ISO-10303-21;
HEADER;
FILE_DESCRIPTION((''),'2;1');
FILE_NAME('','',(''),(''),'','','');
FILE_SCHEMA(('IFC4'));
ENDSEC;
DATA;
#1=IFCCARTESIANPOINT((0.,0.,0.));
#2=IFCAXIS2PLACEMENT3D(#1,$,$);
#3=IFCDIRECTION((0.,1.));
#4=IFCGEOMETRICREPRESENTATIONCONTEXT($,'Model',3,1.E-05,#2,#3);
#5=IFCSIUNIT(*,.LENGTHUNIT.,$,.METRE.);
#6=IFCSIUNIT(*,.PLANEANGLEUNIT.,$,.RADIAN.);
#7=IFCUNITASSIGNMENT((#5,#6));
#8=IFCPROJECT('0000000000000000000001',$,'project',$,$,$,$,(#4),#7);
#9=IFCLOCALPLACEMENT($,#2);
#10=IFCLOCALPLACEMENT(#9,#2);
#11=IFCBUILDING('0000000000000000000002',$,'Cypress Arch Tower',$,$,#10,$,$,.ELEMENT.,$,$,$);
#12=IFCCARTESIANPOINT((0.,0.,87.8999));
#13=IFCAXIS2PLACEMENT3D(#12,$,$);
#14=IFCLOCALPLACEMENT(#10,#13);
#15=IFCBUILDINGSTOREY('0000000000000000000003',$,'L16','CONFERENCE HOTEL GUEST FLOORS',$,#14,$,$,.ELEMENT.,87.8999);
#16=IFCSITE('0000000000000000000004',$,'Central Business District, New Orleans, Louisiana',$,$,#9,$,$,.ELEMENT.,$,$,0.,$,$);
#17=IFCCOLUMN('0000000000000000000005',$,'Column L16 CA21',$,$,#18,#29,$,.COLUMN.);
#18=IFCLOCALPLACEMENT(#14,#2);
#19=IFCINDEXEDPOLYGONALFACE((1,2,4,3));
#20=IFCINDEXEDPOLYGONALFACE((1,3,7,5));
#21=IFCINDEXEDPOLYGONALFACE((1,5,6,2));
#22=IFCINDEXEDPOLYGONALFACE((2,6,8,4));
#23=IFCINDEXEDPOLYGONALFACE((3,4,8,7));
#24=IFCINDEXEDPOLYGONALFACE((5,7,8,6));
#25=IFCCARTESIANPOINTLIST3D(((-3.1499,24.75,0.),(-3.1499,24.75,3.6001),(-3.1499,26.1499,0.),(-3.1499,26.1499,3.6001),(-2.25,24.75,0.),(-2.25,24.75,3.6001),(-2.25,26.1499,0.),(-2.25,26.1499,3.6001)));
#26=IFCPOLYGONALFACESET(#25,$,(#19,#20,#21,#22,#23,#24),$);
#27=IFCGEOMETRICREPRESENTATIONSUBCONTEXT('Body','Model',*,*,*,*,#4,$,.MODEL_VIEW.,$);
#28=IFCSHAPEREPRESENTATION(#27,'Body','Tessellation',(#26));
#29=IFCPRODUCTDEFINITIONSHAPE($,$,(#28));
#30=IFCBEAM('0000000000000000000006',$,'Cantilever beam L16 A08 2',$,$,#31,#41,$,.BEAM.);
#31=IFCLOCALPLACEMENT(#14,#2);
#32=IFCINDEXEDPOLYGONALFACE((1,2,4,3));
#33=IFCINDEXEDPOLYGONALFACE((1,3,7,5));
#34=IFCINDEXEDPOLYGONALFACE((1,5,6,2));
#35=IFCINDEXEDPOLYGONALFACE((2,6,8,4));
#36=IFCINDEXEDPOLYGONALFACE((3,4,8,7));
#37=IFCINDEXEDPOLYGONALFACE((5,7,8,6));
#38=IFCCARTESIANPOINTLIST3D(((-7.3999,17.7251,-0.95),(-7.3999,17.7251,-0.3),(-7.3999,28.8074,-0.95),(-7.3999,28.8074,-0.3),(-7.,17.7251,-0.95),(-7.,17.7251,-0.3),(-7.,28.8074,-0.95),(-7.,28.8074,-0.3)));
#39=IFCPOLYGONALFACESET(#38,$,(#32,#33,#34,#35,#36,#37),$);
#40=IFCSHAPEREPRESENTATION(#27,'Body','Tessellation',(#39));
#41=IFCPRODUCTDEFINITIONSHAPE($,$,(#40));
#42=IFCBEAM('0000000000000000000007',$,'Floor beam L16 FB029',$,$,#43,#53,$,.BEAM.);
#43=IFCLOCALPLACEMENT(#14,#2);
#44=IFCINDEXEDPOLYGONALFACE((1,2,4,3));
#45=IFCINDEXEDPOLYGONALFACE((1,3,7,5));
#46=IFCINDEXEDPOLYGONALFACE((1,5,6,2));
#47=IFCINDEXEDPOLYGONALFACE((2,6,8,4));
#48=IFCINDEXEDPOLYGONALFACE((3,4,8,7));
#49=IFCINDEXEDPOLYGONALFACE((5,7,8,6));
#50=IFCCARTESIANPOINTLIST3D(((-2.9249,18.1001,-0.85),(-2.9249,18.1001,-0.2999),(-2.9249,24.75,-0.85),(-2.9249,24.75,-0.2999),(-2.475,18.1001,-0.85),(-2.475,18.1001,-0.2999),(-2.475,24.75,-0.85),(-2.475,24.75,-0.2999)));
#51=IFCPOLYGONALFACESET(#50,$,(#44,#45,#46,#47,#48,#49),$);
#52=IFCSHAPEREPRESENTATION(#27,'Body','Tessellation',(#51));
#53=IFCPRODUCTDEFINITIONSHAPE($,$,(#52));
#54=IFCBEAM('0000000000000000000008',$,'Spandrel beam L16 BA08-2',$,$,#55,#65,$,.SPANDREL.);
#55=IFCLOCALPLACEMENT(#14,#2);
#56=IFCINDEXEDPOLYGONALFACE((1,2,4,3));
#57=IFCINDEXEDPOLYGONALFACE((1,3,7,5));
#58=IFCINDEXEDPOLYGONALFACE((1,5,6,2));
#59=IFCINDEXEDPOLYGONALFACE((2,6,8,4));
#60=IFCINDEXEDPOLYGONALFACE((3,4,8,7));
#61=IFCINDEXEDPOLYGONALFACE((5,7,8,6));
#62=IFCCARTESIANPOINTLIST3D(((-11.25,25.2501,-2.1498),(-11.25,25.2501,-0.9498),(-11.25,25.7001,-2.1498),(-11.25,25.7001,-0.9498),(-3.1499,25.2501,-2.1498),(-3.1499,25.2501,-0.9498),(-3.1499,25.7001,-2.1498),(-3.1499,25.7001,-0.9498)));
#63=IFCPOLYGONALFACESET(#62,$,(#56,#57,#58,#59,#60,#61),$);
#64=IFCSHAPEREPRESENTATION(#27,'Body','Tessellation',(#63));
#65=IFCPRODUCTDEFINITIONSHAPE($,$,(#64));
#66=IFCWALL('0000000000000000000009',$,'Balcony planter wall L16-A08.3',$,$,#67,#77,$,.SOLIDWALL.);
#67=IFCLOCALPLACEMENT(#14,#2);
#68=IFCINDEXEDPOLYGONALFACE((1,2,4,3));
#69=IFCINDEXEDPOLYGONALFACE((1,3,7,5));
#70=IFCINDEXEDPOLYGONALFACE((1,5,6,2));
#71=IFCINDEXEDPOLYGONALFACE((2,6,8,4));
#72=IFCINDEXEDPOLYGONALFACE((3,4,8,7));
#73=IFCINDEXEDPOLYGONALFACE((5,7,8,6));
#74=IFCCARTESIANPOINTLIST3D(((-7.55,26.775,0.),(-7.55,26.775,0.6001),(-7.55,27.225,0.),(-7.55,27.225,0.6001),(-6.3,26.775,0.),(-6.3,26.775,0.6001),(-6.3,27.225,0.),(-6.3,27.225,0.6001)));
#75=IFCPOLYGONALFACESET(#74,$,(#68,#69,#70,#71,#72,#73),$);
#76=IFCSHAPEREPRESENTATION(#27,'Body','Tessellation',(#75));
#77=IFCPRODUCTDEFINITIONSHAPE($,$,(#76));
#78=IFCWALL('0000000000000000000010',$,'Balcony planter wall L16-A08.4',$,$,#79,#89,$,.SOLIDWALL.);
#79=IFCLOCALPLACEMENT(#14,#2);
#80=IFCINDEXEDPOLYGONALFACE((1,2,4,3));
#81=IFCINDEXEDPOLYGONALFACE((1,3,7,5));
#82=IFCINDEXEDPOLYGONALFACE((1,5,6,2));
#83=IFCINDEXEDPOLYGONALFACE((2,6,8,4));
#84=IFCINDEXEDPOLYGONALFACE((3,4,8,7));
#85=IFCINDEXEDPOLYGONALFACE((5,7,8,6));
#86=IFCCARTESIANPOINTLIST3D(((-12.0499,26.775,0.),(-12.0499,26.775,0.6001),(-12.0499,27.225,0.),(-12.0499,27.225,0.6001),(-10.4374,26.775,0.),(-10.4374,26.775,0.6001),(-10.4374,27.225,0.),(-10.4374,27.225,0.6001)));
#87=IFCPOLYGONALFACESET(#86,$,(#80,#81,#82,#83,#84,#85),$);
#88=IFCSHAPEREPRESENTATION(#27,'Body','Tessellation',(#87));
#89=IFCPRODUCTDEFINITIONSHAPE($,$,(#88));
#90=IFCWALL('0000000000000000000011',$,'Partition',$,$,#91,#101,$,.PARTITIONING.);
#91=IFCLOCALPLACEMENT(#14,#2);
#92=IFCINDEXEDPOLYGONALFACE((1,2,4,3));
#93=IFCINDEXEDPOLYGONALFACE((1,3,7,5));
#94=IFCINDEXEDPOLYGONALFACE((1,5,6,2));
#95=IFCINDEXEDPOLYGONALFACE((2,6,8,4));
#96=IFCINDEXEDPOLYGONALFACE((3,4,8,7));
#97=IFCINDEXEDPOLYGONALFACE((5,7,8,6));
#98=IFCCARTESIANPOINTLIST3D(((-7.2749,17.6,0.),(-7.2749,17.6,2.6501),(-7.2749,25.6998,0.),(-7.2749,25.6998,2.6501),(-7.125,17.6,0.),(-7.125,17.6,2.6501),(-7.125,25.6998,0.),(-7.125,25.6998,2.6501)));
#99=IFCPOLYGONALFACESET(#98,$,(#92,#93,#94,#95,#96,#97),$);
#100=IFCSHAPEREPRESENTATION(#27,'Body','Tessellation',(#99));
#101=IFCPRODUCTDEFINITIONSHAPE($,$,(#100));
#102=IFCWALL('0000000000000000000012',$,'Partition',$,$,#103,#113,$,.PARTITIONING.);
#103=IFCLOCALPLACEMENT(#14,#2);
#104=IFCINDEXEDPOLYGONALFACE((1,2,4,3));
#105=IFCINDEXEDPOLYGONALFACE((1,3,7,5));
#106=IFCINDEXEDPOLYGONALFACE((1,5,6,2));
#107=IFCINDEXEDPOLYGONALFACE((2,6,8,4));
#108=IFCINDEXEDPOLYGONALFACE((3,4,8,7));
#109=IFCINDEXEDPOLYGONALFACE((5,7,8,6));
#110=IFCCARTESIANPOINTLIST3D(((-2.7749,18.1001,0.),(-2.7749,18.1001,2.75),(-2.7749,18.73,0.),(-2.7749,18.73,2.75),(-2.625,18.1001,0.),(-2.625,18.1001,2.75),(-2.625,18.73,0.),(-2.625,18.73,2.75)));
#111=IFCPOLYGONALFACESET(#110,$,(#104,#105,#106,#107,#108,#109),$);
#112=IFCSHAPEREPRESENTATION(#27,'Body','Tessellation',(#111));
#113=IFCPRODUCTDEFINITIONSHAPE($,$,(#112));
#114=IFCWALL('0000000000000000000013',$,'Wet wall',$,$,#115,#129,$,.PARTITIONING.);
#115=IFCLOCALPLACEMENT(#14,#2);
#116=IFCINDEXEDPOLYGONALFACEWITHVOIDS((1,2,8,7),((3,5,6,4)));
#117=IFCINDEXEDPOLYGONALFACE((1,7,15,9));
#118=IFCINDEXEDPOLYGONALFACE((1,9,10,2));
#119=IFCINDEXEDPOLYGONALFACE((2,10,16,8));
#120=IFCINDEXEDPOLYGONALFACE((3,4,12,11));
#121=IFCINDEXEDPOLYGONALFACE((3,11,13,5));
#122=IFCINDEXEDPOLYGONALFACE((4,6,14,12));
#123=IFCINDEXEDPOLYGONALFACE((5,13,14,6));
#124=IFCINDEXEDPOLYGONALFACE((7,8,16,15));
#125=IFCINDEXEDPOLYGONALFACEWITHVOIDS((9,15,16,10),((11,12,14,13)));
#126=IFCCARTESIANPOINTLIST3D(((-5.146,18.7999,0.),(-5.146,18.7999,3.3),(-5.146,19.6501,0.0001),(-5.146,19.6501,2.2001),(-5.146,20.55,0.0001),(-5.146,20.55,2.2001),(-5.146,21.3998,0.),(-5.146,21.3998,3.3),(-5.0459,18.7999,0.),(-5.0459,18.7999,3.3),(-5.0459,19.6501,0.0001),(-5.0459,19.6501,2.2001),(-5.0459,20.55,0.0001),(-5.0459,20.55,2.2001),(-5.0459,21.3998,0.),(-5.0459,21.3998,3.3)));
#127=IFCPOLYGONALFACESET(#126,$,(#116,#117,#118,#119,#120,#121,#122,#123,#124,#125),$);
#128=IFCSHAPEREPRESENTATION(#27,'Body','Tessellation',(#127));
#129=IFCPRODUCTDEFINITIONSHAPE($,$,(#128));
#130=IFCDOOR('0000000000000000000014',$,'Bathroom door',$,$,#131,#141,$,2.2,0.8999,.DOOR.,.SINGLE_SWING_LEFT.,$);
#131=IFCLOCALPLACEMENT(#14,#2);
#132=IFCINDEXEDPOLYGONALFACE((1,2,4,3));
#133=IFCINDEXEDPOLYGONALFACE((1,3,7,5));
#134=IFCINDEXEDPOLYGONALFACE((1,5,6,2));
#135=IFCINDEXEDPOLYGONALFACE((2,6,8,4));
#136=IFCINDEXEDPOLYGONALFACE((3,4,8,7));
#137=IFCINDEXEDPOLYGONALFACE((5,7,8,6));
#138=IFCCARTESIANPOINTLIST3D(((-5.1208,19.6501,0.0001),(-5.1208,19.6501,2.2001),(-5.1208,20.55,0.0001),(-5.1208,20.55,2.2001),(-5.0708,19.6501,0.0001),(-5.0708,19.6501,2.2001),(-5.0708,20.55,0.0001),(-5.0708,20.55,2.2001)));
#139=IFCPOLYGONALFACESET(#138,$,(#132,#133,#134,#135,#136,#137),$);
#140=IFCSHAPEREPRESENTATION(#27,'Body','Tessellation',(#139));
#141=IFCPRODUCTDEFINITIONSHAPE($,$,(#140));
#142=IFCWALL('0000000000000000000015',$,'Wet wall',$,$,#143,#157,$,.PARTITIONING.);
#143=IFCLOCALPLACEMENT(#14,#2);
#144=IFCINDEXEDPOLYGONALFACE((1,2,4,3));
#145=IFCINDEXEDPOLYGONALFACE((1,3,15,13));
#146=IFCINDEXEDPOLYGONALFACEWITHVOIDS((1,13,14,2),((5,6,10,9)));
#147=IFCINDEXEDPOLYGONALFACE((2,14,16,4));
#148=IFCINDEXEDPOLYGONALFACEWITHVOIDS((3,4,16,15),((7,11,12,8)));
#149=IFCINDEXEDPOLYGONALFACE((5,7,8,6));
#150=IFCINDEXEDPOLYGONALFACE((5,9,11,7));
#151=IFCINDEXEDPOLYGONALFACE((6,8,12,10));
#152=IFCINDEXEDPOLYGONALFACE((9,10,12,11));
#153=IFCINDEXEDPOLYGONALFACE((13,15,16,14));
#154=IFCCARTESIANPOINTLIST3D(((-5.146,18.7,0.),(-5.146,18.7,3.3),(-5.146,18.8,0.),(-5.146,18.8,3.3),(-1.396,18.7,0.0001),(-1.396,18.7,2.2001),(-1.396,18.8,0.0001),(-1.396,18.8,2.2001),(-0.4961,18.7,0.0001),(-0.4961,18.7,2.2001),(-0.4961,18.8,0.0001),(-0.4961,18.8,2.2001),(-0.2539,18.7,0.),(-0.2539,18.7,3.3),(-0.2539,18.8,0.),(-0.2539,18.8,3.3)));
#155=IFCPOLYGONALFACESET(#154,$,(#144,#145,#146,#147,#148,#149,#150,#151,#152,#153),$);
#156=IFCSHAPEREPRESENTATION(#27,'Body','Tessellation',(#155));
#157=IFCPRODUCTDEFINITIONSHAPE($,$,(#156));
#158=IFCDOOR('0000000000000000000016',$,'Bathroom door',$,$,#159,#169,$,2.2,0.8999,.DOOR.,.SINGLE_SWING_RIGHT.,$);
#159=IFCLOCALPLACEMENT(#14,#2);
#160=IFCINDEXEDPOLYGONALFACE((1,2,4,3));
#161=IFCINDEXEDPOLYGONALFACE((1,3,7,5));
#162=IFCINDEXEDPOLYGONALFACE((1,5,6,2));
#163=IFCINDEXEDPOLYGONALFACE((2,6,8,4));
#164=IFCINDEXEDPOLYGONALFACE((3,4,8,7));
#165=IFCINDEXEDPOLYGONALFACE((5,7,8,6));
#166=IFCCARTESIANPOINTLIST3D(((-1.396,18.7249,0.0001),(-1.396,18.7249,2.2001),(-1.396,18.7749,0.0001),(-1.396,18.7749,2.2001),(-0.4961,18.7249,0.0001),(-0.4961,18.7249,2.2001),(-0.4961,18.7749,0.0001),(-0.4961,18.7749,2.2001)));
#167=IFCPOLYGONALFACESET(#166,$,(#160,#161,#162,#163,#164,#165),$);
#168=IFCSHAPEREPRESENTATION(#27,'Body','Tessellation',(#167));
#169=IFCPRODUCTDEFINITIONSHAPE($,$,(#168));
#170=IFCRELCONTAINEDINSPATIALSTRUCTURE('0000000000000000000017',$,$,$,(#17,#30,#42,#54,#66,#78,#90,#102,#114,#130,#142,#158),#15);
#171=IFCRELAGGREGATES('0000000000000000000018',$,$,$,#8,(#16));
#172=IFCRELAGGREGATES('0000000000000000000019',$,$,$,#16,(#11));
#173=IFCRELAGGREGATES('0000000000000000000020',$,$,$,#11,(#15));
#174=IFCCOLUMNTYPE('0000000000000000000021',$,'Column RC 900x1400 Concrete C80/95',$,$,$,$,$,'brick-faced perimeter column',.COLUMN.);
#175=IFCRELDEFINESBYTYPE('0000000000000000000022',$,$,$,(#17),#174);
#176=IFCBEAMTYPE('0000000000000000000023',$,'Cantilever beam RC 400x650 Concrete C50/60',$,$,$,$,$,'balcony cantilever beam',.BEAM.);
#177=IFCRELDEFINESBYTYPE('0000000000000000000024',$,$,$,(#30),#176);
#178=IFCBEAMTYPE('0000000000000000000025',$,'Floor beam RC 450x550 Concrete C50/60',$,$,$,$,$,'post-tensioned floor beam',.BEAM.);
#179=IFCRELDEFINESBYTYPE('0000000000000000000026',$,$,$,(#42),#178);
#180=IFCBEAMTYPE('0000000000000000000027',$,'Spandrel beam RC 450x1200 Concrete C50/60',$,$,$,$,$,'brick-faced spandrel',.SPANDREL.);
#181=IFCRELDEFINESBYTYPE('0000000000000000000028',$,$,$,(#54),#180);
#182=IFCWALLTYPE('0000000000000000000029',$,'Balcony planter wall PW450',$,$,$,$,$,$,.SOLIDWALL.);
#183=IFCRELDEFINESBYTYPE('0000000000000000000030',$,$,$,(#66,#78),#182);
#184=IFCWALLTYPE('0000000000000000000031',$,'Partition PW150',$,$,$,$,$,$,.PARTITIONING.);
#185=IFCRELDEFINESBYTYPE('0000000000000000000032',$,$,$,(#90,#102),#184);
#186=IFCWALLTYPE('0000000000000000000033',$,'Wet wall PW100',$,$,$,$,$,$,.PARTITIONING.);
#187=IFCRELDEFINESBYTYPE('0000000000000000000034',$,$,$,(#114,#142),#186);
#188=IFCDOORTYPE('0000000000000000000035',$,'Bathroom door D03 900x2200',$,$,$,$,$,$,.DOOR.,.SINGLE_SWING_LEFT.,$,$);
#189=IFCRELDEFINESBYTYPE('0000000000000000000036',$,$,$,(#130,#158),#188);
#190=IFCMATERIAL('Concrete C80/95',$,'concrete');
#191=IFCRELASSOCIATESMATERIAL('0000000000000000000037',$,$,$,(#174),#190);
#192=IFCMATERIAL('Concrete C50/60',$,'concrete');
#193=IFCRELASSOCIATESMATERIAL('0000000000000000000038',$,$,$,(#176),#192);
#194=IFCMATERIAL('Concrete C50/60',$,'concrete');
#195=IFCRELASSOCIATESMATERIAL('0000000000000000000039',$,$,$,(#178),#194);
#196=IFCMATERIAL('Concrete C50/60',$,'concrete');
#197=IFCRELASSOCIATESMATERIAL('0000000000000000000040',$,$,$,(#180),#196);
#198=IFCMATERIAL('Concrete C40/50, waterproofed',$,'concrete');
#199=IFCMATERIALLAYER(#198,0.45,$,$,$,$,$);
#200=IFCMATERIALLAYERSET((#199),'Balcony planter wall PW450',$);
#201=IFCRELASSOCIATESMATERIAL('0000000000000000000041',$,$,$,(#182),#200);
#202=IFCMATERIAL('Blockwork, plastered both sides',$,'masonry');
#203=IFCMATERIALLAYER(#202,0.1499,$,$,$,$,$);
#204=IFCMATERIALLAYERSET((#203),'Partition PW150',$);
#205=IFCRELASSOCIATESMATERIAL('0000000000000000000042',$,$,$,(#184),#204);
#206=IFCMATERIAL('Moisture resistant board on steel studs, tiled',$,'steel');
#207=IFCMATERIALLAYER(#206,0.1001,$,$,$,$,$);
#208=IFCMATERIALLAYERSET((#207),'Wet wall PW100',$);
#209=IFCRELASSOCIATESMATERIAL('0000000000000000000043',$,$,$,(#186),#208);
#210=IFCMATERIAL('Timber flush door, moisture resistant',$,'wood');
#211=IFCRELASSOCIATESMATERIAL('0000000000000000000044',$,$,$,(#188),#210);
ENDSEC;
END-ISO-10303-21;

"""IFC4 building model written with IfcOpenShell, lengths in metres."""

from ifc_helpers import new_model, si_unit, direction, frame, frame_2d, origin, origin_2d, place, context, subcontext, project, spatial, rectangle, extrude, material, layer, layer_set, material_profile, profile_set, type_object, element, fill, save


model = new_model("IFC4")

# Units and contexts
model_context = context("Model", 3, precision=1e-05, world=origin(), true_north=direction((0.0, 1.0)))
body_context = subcontext(model_context, "Body", "Model", "MODEL_VIEW")
ifc_project = project(units=[si_unit("LENGTHUNIT", "METRE"), si_unit("PLANEANGLEUNIT", "RADIAN")], contexts=[model_context])

# Site, building, storey
site_placement = place(None, origin())
site = spatial("IfcSite", under=ifc_project, at=site_placement, Name="Central Business District, New Orleans, Louisiana", CompositionType="ELEMENT", RefElevation=0.0)
building_placement = place(site_placement, origin())
building = spatial("IfcBuilding", under=site, at=building_placement, Name="Cypress Arch Tower", CompositionType="ELEMENT")
storey_placement = place(building_placement, frame((0.0, 0.0, 87.8999)))
storey = spatial("IfcBuildingStorey", under=building, at=storey_placement, Name="L16", Description="CONFERENCE HOTEL GUEST FLOORS", CompositionType="ELEMENT", Elevation=87.8999)

# Column
ifc_material_1 = material(Name="Concrete C80/95", Category="concrete")
ifc_material_profile_1 = material_profile(ifc_material_1, rectangle(XDim=0.8999, YDim=1.3999, at=origin_2d()), Name="RC 900x1400")
ifc_profile_set_1 = profile_set([ifc_material_profile_1], Name="Concrete C80/95")
column_type = type_object("IfcColumnType", Name="Column RC 900x1400 Concrete C80/95", ElementType="brick-faced perimeter column", PredefinedType="COLUMN", material=ifc_profile_set_1)
column_placement = place(storey_placement, frame((-2.7, 25.45, 0.0), z_axis=(0.0, 0.0, 1.0), x_axis=(-1.0, 0.0, 0.0)))
element("IfcColumn", 1, at=column_placement, inside=storey, type_object=column_type, Name="Column L16 CA21", PredefinedType="COLUMN", context=body_context, shape_type="SweptSolid", body=[
    extrude(rectangle(XDim=0.8999, YDim=1.3999, at=origin_2d()), origin(), (0.0, 0.0, 1.0), 3.6001),
])

# Beams
ifc_material_2 = material(Name="Concrete C50/60", Category="concrete")
ifc_material_profile_2 = material_profile(ifc_material_2, rectangle(XDim=0.3999, YDim=0.6499, at=origin_2d()), Name="RC 400x650")
ifc_profile_set_2 = profile_set([ifc_material_profile_2], Name="Concrete C50/60")
beam_type_1 = type_object("IfcBeamType", Name="Cantilever beam RC 400x650 Concrete C50/60", ElementType="balcony cantilever beam", PredefinedType="BEAM", material=ifc_profile_set_2)
beam_1_placement = place(storey_placement, frame((-7.2, 17.7251, -0.625), z_axis=(0.0, 1.0, 0.0), x_axis=(-1.0, 0.0, 0.0)))
element("IfcBeam", 2, at=beam_1_placement, inside=storey, type_object=beam_type_1, Name="Cantilever beam L16 A08 2", PredefinedType="BEAM", context=body_context, shape_type="SweptSolid", body=[
    extrude(rectangle(XDim=0.3999, YDim=0.6499, at=origin_2d()), origin(), (0.0, 0.0, 1.0), 11.0823),
])
ifc_material_3 = material(Name="Concrete C50/60", Category="concrete")
ifc_material_profile_3 = material_profile(ifc_material_3, rectangle(XDim=0.45, YDim=0.55, at=origin_2d()), Name="RC 450x550")
ifc_profile_set_3 = profile_set([ifc_material_profile_3], Name="Concrete C50/60")
beam_type_2 = type_object("IfcBeamType", Name="Floor beam RC 450x550 Concrete C50/60", ElementType="post-tensioned floor beam", PredefinedType="BEAM", material=ifc_profile_set_3)
beam_2_placement = place(storey_placement, frame((-2.7, 18.1001, -0.575), z_axis=(0.0, 1.0, 0.0), x_axis=(-1.0, 0.0, 0.0)))
element("IfcBeam", 3, at=beam_2_placement, inside=storey, type_object=beam_type_2, Name="Floor beam L16 FB029", PredefinedType="BEAM", context=body_context, shape_type="SweptSolid", body=[
    extrude(rectangle(XDim=0.45, YDim=0.55, at=origin_2d()), origin(), (0.0, 0.0, 1.0), 6.6499),
])
ifc_material_4 = material(Name="Concrete C50/60", Category="concrete")
ifc_material_profile_4 = material_profile(ifc_material_4, rectangle(XDim=0.45, YDim=1.2, at=origin_2d()), Name="RC 450x1200")
ifc_profile_set_4 = profile_set([ifc_material_profile_4], Name="Concrete C50/60")
beam_type_3 = type_object("IfcBeamType", Name="Spandrel beam RC 450x1200 Concrete C50/60", ElementType="brick-faced spandrel", PredefinedType="SPANDREL", material=ifc_profile_set_4)
beam_3_placement = place(storey_placement, frame((-3.1499, 25.4751, -1.5498), z_axis=(-1.0, 0.0, 0.0), x_axis=(0.0, -1.0, 0.0)))
element("IfcBeam", 4, at=beam_3_placement, inside=storey, type_object=beam_type_3, Name="Spandrel beam L16 BA08-2", PredefinedType="SPANDREL", context=body_context, shape_type="SweptSolid", body=[
    extrude(rectangle(XDim=0.45, YDim=1.2, at=origin_2d()), origin(), (0.0, 0.0, 1.0), 8.1001),
])

# Walls
ifc_material_5 = material(Name="Concrete C40/50, waterproofed", Category="concrete")
ifc_layer_1 = layer(ifc_material_5, 0.45)
ifc_layer_set_1 = layer_set([ifc_layer_1], Name="Balcony planter wall PW450")
wall_type_1 = type_object("IfcWallType", Name="Balcony planter wall PW450", PredefinedType="SOLIDWALL", material=ifc_layer_set_1)
wall_1_placement = place(storey_placement, frame((-6.3, 27.0, 0.0), z_axis=(0.0, 0.0, 1.0), x_axis=(-1.0, 0.0, 0.0)))
element("IfcWall", 5, at=wall_1_placement, inside=storey, type_object=wall_type_1, Name="Balcony planter wall L16-A08.3", PredefinedType="SOLIDWALL", context=body_context, shape_type="SweptSolid", body=[
    extrude(rectangle(XDim=1.25, YDim=0.45, at=frame_2d((0.625, 0.0))), origin(), (0.0, 0.0, 1.0), 0.6001),
])
wall_2_placement = place(storey_placement, frame((-10.4375, 27.0, 0.0), z_axis=(0.0, 0.0, 1.0), x_axis=(-1.0, 0.0, 0.0)))
element("IfcWall", 6, at=wall_2_placement, inside=storey, type_object=wall_type_1, Name="Balcony planter wall L16-A08.4", PredefinedType="SOLIDWALL", context=body_context, shape_type="SweptSolid", body=[
    extrude(rectangle(XDim=1.6125, YDim=0.45, at=frame_2d((0.8062, 0.0))), origin(), (0.0, 0.0, 1.0), 0.6001),
])

# Walls
ifc_material_6 = material(Name="Blockwork, plastered both sides", Category="masonry")
ifc_layer_2 = layer(ifc_material_6, 0.1499)
ifc_layer_set_2 = layer_set([ifc_layer_2], Name="Partition PW150")
wall_type_2 = type_object("IfcWallType", Name="Partition PW150", PredefinedType="PARTITIONING", material=ifc_layer_set_2)
wall_3_placement = place(storey_placement, frame((-7.2, 17.6001, 0.0), z_axis=(0.0, 0.0, 1.0), x_axis=(0.0, 1.0, 0.0)))
element("IfcWall", 7, at=wall_3_placement, inside=storey, type_object=wall_type_2, Name="Partition", PredefinedType="PARTITIONING", context=body_context, shape_type="SweptSolid", body=[
    extrude(rectangle(XDim=8.0999, YDim=0.1499, at=frame_2d((4.0498, 0.0))), origin(), (0.0, 0.0, 1.0), 2.6501),
])
wall_4_placement = place(storey_placement, frame((-2.7, 18.1001, 0.0), z_axis=(0.0, 0.0, 1.0), x_axis=(0.0, 1.0, 0.0)))
element("IfcWall", 8, at=wall_4_placement, inside=storey, type_object=wall_type_2, Name="Partition", PredefinedType="PARTITIONING", context=body_context, shape_type="SweptSolid", body=[
    extrude(rectangle(XDim=0.6299, YDim=0.1499, at=frame_2d((0.3149, 0.0))), origin(), (0.0, 0.0, 1.0), 2.75),
])

# Walls, openings, doors
ifc_material_7 = material(Name="Moisture resistant board on steel studs, tiled", Category="steel")
ifc_layer_3 = layer(ifc_material_7, 0.1001)
ifc_layer_set_3 = layer_set([ifc_layer_3], Name="Wet wall PW100")
wall_type_3 = type_object("IfcWallType", Name="Wet wall PW100", PredefinedType="PARTITIONING", material=ifc_layer_set_3)
wall_5_placement = place(storey_placement, frame((-5.0959, 18.8, 0.0), z_axis=(0.0, 0.0, 1.0), x_axis=(0.0, 1.0, 0.0)))
wall_5 = element("IfcWall", 9, at=wall_5_placement, inside=storey, type_object=wall_type_3, Name="Wet wall", PredefinedType="PARTITIONING", context=body_context, shape_type="SweptSolid", body=[
    extrude(rectangle(XDim=2.5999, YDim=0.1001, at=frame_2d((1.2998, 0.0))), origin(), (0.0, 0.0, 1.0), 3.3),
])
opening_1_placement = place(wall_5_placement, frame((0.8501, 0.0, 0.0)))
opening_1 = element("IfcOpeningElement", 10, at=opening_1_placement, cuts=wall_5, PredefinedType="OPENING", context=body_context, shape_type="SweptSolid", body=[
    extrude(rectangle(XDim=0.8999, YDim=2.2, at=frame_2d((0.45, 1.1001))), frame((0.0, 0.0601, 0.0), z_axis=(0.0, -1.0, 0.0), x_axis=(1.0, 0.0, 0.0)), (0.0, 0.0, 1.0), 0.1201),
])
ifc_material_8 = material(Name="Timber flush door, moisture resistant", Category="wood")
door_type_1 = type_object("IfcDoorType", Name="Bathroom door D03 900x2200", OperationType="SINGLE_SWING_LEFT", PredefinedType="DOOR", material=ifc_material_8)
door_1_placement = place(opening_1_placement, origin())
door_1 = element("IfcDoor", 11, at=door_1_placement, inside=storey, type_object=door_type_1, Name="Bathroom door", OperationType="SINGLE_SWING_LEFT", OverallHeight=2.2, OverallWidth=0.8999, PredefinedType="DOOR", context=body_context, shape_type="SweptSolid", body=[
    extrude(rectangle(XDim=0.8999, YDim=2.2, at=frame_2d((0.45, 1.1001))), frame((0.0, 0.0249, 0.0), z_axis=(0.0, -1.0, 0.0), x_axis=(1.0, 0.0, 0.0)), (0.0, 0.0, 1.0), 0.05),
])
fill(opening_1, door_1)
wall_6_placement = place(storey_placement, frame((-5.146, 18.75, 0.0), z_axis=(0.0, 0.0, 1.0), x_axis=(1.0, 0.0, 0.0)))
wall_6 = element("IfcWall", 12, at=wall_6_placement, inside=storey, type_object=wall_type_3, Name="Wet wall", PredefinedType="PARTITIONING", context=body_context, shape_type="SweptSolid", body=[
    extrude(rectangle(XDim=4.8921, YDim=0.1001, at=frame_2d((2.446, 0.0))), origin(), (0.0, 0.0, 1.0), 3.3),
])
opening_2_placement = place(wall_6_placement, frame((3.75, 0.0, 0.0)))
opening_2 = element("IfcOpeningElement", 13, at=opening_2_placement, cuts=wall_6, PredefinedType="OPENING", context=body_context, shape_type="SweptSolid", body=[
    extrude(rectangle(XDim=0.8999, YDim=2.2, at=frame_2d((0.45, 1.1001))), frame((0.0, 0.0601, 0.0), z_axis=(0.0, -1.0, 0.0), x_axis=(1.0, 0.0, 0.0)), (0.0, 0.0, 1.0), 0.1201),
])
door_2_placement = place(opening_2_placement, origin())
door_2 = element("IfcDoor", 14, at=door_2_placement, inside=storey, type_object=door_type_1, Name="Bathroom door", OperationType="SINGLE_SWING_RIGHT", OverallHeight=2.2, OverallWidth=0.8999, PredefinedType="DOOR", context=body_context, shape_type="SweptSolid", body=[
    extrude(rectangle(XDim=0.8999, YDim=2.2, at=frame_2d((0.45, 1.1001))), frame((0.0, 0.0249, 0.0), z_axis=(0.0, -1.0, 0.0), x_axis=(1.0, 0.0, 0.0)), (0.0, 0.0, 1.0), 0.05),
])
fill(opening_2, door_2)

save(model, "model.ifc")
